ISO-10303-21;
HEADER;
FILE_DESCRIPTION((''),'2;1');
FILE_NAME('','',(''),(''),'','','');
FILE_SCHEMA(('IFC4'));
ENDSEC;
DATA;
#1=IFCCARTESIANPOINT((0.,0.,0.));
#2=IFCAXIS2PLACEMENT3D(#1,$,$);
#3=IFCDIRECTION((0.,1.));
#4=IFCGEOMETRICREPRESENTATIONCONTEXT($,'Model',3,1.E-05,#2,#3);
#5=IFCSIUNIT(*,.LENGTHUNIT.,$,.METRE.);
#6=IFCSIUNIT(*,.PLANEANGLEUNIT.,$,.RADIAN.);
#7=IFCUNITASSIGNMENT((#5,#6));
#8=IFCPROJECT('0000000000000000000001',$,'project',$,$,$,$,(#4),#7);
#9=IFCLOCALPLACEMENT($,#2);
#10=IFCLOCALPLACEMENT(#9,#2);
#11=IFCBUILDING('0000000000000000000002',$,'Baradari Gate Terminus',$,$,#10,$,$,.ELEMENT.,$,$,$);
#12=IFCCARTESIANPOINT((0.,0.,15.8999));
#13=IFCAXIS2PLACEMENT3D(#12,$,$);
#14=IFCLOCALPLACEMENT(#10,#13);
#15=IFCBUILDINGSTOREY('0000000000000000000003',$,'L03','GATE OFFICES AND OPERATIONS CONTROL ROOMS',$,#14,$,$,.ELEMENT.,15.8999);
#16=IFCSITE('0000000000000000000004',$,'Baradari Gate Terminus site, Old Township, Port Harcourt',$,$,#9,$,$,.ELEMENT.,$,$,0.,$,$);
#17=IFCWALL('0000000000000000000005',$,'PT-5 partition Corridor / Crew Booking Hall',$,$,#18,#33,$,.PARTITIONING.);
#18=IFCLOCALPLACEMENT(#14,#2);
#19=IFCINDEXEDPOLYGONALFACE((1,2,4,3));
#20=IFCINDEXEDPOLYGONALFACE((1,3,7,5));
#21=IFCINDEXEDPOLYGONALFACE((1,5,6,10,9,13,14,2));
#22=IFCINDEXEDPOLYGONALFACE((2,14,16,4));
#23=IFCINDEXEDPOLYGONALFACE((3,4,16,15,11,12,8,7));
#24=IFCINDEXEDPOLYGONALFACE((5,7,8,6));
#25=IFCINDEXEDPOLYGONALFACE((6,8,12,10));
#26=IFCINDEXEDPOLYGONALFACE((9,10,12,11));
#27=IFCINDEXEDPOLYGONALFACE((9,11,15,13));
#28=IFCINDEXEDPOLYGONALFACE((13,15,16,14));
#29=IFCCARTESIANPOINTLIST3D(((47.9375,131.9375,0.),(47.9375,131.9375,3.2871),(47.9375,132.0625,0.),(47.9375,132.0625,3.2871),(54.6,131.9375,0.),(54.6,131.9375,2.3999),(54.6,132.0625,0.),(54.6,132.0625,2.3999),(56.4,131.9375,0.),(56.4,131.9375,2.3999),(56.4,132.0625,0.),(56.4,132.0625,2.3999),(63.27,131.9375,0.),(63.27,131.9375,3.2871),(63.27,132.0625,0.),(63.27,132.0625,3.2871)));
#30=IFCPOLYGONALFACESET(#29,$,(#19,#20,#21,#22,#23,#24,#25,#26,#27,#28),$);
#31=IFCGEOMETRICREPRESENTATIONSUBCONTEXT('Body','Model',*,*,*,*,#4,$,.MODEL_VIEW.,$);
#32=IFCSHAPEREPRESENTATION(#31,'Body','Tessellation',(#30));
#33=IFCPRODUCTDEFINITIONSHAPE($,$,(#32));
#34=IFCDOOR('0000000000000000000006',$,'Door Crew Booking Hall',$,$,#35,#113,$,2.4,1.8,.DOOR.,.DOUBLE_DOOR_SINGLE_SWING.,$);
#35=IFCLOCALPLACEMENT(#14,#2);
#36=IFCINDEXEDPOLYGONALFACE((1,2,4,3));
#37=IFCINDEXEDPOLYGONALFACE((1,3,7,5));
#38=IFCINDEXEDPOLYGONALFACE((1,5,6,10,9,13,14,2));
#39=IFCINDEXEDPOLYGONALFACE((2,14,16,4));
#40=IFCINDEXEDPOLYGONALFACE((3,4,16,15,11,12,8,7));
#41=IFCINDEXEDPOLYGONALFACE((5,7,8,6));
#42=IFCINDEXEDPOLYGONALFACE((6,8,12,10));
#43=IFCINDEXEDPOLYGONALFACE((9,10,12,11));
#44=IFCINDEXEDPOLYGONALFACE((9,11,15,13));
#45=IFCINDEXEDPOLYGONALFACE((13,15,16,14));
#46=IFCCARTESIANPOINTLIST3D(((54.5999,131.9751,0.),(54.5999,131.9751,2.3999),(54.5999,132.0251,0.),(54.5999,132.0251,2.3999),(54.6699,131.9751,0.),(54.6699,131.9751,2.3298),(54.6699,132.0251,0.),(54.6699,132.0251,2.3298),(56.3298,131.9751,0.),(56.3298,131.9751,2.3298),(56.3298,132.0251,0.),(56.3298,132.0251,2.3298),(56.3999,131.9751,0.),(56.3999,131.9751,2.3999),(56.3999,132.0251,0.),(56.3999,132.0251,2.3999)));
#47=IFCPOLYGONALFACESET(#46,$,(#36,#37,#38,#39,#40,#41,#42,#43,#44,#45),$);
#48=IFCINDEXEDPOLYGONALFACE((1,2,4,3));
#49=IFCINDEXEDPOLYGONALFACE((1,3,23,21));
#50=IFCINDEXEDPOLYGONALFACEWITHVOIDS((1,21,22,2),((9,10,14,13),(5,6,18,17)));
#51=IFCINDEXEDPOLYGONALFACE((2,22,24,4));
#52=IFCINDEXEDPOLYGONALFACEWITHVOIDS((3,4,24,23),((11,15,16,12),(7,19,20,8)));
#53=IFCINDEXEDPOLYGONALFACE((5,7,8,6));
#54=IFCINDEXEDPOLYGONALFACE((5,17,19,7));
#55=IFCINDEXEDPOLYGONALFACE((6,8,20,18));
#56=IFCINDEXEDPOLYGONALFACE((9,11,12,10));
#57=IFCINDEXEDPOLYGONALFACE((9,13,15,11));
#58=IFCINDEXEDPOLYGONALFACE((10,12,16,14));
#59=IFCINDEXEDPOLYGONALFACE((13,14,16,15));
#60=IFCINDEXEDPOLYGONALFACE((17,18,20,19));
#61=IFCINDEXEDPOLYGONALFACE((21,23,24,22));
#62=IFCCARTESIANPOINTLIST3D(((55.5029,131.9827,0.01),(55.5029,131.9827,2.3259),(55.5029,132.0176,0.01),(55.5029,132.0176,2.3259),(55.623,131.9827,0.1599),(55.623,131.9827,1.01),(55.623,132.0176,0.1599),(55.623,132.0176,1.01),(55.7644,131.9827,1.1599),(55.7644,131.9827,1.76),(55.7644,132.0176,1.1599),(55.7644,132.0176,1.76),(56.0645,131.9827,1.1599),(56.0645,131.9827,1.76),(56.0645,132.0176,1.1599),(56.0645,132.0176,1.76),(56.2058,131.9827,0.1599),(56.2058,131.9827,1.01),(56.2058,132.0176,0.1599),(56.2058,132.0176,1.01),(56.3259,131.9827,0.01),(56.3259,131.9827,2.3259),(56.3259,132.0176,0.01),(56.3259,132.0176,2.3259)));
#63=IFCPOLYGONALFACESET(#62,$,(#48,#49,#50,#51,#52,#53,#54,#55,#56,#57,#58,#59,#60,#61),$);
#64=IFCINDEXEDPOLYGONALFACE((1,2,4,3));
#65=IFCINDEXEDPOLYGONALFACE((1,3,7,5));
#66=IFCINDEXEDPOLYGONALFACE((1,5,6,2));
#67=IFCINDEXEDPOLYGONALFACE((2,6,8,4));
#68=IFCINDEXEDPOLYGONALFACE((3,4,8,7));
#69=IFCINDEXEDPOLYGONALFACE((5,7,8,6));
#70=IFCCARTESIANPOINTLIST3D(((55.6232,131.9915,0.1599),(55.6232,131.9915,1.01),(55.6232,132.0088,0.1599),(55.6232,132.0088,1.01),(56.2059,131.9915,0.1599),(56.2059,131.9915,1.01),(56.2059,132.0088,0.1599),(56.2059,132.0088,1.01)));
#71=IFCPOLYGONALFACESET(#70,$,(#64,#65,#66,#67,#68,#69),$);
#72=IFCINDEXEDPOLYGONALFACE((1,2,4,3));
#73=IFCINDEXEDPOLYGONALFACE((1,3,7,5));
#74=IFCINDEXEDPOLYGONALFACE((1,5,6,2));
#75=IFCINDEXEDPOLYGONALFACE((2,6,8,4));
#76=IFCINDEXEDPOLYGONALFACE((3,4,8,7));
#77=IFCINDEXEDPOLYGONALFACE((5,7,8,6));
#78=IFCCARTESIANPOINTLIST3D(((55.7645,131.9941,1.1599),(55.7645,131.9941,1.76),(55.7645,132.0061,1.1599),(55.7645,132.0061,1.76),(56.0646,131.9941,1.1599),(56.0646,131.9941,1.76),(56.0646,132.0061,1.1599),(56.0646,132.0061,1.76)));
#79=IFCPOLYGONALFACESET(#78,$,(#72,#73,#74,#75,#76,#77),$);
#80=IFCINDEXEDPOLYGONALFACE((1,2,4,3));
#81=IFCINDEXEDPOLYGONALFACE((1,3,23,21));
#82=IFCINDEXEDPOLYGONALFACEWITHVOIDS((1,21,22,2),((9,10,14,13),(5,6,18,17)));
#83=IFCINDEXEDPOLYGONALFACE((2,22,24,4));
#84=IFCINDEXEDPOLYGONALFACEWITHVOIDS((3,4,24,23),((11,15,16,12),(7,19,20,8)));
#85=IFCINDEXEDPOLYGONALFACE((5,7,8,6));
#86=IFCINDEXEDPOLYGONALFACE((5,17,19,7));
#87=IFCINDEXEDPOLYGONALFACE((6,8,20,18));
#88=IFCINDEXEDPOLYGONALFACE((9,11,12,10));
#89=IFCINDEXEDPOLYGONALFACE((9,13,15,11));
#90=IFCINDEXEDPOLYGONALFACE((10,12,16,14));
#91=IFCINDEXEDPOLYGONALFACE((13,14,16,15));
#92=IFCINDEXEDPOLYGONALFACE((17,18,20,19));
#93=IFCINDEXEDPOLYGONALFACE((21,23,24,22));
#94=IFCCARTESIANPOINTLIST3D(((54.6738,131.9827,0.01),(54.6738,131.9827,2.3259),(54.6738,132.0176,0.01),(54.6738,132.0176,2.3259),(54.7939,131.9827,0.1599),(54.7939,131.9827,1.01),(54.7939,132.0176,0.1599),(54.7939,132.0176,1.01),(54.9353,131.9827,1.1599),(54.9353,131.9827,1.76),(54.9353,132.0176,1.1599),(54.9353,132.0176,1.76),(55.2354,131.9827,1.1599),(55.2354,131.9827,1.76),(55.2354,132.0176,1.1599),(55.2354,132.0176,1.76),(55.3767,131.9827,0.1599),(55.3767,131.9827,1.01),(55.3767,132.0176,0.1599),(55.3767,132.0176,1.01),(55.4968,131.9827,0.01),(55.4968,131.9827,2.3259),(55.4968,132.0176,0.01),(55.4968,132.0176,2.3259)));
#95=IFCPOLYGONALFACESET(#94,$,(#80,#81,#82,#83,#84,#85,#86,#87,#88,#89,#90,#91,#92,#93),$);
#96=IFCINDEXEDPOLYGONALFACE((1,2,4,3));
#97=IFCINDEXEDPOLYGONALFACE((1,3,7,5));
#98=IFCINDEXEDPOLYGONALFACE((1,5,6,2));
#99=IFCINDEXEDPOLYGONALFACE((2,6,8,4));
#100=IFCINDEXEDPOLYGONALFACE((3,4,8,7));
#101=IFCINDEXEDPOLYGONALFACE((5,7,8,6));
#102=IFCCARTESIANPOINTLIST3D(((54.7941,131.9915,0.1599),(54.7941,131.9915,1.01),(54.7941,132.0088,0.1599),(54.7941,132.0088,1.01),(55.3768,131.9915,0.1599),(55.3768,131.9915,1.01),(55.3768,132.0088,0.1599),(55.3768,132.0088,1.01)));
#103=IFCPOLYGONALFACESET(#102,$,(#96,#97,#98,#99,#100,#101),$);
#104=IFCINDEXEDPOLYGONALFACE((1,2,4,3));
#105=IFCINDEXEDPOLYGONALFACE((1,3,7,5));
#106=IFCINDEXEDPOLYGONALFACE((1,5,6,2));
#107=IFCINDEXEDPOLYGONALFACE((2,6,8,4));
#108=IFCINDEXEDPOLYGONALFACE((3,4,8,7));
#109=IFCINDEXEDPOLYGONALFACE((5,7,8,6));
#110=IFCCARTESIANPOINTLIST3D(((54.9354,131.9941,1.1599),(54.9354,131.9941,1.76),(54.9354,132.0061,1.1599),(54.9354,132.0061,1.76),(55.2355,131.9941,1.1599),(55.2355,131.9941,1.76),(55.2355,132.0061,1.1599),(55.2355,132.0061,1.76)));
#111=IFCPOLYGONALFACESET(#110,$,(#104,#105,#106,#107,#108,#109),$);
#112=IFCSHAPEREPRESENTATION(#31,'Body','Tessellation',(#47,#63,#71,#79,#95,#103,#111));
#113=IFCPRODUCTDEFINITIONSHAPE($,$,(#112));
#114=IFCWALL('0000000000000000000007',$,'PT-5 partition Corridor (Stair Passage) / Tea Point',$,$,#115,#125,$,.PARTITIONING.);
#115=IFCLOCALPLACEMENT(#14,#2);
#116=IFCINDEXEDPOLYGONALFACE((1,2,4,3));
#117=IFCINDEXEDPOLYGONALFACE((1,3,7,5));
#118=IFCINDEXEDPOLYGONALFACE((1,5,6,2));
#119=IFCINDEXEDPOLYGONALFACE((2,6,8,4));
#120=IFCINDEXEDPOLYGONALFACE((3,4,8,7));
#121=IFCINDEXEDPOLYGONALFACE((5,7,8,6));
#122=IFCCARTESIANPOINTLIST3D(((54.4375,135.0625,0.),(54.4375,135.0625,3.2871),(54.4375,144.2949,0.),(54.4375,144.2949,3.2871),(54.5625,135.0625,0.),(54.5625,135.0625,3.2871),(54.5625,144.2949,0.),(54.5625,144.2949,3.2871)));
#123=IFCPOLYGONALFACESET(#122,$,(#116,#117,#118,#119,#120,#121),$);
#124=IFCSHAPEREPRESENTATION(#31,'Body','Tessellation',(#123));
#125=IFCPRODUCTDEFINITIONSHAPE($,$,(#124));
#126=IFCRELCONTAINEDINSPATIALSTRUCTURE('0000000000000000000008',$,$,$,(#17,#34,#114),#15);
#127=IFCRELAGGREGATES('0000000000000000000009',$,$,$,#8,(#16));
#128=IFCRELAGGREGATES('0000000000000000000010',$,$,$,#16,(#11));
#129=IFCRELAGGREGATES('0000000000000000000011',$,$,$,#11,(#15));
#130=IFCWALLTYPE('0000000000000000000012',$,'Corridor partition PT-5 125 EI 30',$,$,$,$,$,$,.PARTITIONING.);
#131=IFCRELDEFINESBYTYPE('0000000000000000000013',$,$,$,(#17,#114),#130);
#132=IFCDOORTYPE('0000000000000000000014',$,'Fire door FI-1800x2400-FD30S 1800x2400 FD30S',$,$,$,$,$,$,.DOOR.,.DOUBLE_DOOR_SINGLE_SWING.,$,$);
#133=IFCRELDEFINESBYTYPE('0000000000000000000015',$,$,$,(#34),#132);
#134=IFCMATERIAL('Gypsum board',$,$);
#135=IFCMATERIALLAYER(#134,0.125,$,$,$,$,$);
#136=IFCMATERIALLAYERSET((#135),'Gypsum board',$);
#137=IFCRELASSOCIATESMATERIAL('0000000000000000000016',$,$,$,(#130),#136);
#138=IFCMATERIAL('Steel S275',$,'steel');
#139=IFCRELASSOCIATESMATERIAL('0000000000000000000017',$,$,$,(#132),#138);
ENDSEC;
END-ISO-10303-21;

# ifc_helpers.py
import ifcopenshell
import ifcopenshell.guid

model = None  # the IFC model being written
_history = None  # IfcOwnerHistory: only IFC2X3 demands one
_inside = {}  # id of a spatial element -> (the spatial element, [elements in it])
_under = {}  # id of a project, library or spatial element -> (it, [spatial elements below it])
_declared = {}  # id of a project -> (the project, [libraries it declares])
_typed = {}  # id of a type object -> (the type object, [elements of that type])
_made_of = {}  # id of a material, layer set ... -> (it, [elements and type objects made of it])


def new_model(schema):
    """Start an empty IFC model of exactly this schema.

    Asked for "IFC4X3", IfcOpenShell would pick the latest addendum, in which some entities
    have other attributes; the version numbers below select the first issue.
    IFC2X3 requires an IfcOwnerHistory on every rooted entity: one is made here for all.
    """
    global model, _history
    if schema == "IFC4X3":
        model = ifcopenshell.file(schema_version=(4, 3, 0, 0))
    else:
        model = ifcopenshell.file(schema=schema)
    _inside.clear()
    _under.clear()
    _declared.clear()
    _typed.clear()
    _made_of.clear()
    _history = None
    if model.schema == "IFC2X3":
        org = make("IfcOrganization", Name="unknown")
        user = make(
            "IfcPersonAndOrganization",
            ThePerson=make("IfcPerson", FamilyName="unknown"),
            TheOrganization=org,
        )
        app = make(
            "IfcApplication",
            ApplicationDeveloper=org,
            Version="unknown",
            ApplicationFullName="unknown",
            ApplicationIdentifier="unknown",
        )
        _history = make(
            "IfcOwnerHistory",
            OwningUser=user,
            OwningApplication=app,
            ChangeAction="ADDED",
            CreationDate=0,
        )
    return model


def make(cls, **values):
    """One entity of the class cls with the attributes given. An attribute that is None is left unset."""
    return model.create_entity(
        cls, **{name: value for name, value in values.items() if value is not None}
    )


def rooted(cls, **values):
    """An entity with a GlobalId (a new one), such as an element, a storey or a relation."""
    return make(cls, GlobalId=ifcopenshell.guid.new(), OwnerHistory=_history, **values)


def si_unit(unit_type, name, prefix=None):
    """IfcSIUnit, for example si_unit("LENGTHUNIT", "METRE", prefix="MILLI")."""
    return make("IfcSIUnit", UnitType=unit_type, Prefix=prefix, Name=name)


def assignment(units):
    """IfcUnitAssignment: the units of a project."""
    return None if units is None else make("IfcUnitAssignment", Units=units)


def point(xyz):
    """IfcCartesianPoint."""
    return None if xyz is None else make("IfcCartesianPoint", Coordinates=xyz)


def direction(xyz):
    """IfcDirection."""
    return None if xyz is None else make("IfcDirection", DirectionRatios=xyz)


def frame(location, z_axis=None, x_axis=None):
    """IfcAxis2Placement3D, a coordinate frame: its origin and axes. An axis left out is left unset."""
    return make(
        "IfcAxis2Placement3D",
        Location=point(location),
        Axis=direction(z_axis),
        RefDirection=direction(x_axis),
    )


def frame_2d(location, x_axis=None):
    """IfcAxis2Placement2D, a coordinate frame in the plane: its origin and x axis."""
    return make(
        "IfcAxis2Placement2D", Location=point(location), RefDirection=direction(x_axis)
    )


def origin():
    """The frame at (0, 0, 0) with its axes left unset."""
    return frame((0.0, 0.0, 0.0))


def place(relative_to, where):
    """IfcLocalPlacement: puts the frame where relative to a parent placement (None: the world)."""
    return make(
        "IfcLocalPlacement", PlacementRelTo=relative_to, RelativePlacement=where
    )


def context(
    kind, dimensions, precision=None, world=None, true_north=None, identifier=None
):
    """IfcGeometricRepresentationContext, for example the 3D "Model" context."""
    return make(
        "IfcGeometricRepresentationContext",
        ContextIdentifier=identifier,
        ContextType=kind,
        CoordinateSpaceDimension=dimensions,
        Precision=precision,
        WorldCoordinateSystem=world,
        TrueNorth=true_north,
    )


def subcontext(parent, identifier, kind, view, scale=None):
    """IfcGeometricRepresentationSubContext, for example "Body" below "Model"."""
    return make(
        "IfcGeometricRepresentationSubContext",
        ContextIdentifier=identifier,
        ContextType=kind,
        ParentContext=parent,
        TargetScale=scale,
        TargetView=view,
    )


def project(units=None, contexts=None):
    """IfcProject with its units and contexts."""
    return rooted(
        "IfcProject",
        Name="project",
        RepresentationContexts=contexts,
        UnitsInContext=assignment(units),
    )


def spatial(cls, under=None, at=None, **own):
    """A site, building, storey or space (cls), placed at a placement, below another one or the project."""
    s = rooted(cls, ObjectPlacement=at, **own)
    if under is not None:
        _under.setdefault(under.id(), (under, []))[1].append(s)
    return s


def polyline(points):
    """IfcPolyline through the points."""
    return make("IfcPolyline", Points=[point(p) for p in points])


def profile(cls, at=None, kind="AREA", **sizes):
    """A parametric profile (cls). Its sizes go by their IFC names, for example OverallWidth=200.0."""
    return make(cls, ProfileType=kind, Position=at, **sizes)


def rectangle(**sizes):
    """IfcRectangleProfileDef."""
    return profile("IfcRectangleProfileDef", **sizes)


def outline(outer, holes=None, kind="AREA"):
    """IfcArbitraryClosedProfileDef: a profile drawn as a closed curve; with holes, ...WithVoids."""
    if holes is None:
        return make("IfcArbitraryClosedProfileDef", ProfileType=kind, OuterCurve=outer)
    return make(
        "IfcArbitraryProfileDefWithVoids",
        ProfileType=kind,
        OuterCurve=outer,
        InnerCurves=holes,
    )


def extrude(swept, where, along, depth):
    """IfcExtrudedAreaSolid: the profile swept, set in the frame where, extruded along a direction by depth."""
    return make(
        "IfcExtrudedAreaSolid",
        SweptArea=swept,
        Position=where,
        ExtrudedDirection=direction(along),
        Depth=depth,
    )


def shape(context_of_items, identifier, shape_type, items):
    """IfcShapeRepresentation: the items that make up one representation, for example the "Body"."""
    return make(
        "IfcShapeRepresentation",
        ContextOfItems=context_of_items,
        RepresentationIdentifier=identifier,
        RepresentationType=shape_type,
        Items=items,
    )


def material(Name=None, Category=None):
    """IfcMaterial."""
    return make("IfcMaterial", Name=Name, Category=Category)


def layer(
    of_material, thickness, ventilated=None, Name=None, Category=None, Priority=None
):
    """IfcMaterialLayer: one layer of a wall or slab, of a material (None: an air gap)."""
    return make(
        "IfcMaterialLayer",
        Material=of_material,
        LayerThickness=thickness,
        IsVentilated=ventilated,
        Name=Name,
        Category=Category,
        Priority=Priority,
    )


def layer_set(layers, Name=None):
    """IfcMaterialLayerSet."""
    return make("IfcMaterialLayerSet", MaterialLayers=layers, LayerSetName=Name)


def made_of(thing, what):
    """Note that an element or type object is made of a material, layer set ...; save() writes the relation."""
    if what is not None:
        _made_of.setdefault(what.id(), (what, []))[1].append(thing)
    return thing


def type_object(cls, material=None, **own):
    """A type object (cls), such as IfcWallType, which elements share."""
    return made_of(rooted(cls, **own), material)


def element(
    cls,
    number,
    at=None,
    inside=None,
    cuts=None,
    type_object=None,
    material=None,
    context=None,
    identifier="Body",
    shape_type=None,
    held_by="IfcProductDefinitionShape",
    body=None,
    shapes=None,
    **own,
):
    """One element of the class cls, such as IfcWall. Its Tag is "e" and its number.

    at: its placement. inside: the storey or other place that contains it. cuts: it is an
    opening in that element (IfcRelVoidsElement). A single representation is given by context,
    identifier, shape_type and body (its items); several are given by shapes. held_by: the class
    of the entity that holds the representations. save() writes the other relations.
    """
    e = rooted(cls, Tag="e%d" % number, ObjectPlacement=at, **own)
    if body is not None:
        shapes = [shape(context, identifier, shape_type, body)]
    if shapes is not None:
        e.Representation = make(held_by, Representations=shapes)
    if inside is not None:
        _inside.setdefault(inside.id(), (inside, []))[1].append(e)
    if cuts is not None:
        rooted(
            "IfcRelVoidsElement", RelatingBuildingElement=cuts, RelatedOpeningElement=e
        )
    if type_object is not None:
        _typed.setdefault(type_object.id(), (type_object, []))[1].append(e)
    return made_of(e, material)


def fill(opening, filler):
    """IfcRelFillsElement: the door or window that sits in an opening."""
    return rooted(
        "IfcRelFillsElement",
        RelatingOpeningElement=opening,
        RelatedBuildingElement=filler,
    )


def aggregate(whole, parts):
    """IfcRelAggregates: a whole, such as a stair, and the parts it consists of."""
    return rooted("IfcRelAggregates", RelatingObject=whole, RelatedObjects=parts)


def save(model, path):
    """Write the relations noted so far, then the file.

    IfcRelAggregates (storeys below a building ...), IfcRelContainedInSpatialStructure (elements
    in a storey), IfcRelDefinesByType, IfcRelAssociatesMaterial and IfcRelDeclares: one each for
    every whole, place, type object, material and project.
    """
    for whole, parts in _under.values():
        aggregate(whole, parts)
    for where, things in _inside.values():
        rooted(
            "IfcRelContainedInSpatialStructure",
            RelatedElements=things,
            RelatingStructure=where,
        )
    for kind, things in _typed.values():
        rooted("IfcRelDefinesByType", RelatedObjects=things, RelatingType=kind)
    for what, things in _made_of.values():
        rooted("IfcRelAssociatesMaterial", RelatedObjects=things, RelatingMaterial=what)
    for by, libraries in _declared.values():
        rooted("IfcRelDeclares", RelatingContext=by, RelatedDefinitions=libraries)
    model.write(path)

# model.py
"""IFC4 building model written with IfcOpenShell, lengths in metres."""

from ifc_helpers import new_model, si_unit, direction, frame, frame_2d, origin, place, context, subcontext, project, spatial, polyline, rectangle, outline, extrude, material, layer, layer_set, type_object, element, fill, save


model = new_model("IFC4")

# Units and contexts
model_context = context("Model", 3, precision=1e-05, world=origin(), true_north=direction((0.0, 1.0)))
body_context = subcontext(model_context, "Body", "Model", "MODEL_VIEW")
ifc_project = project(units=[si_unit("LENGTHUNIT", "METRE"), si_unit("PLANEANGLEUNIT", "RADIAN")], contexts=[model_context])

# Site, building, storey
site_placement = place(None, origin())
site = spatial("IfcSite", under=ifc_project, at=site_placement, Name="Baradari Gate Terminus site, Old Township, Port Harcourt", CompositionType="ELEMENT", RefElevation=0.0)
building_placement = place(site_placement, origin())
building = spatial("IfcBuilding", under=site, at=building_placement, Name="Baradari Gate Terminus", CompositionType="ELEMENT")
storey_placement = place(building_placement, frame((0.0, 0.0, 15.8999)))
storey = spatial("IfcBuildingStorey", under=building, at=storey_placement, Name="L03", Description="GATE OFFICES AND OPERATIONS CONTROL ROOMS", CompositionType="ELEMENT", Elevation=15.8999)

# Wall, opening, door
ifc_material_1 = material(Name="Gypsum board")
ifc_layer_1 = layer(ifc_material_1, 0.125)
ifc_layer_set_1 = layer_set([ifc_layer_1], Name="Gypsum board")
wall_type_1 = type_object("IfcWallType", Name="Corridor partition PT-5 125 EI 30", PredefinedType="PARTITIONING", material=ifc_layer_set_1)
wall_1_placement = place(storey_placement, frame((63.27, 132.0, 0.0), z_axis=(0.0, 0.0, 1.0), x_axis=(-1.0, 0.0, 0.0)))
wall_1 = element("IfcWall", 1, at=wall_1_placement, inside=storey, type_object=wall_type_1, Name="PT-5 partition Corridor / Crew Booking Hall", PredefinedType="PARTITIONING", context=body_context, shape_type="SweptSolid", body=[
    extrude(rectangle(XDim=15.3325, YDim=0.125, at=frame_2d((7.6663, 0.0))), origin(), (0.0, 0.0, 1.0), 3.2871),
])
opening_1_placement = place(wall_1_placement, frame((6.8701, 0.0, 0.0)))
opening_1 = element("IfcOpeningElement", 2, at=opening_1_placement, cuts=wall_1, PredefinedType="OPENING", context=body_context, shape_type="SweptSolid", body=[
    extrude(rectangle(XDim=1.8, YDim=2.3999, at=frame_2d((0.8999, 1.2))), frame((0.0, 0.0725, 0.0), z_axis=(0.0, -1.0, 0.0), x_axis=(1.0, 0.0, 0.0)), (0.0, 0.0, 1.0), 0.145),
])
ifc_material_2 = material(Name="Steel S275", Category="steel")
door_type_1 = type_object("IfcDoorType", Name="Fire door FI-1800x2400-FD30S 1800x2400 FD30S", OperationType="DOUBLE_DOOR_SINGLE_SWING", PredefinedType="DOOR", material=ifc_material_2)
door_1_placement = place(opening_1_placement, origin())
door_1 = element("IfcDoor", 3, at=door_1_placement, inside=storey, type_object=door_type_1, Name="Door Crew Booking Hall", OperationType="DOUBLE_DOOR_SINGLE_SWING", OverallHeight=2.4, OverallWidth=1.8, PredefinedType="DOOR", context=body_context, shape_type="SweptSolid", body=[
    extrude(outline(polyline([(0.0, 0.0), (0.0701, 0.0), (0.0701, 2.3298), (1.73, 2.3298), (1.73, 0.0), (1.8, 0.0), (1.8, 2.3999), (0.0, 2.3999), (0.0, 0.0)])), frame((0.0, 0.0249, 0.0), z_axis=(0.0, -1.0, 0.0), x_axis=(1.0, 0.0, 0.0)), (0.0, 0.0, 1.0), 0.05),
    extrude(outline(polyline([(0.074, 0.01), (0.897, 0.01), (0.897, 2.3259), (0.074, 2.3259), (0.074, 0.01)]), holes=[polyline([(0.1941, 0.1599), (0.7769, 0.1599), (0.7769, 1.01), (0.1941, 1.01), (0.1941, 0.1599)]), polyline([(0.3354, 1.1599), (0.6355, 1.1599), (0.6355, 1.76), (0.3354, 1.76), (0.3354, 1.1599)])]), frame((0.0, 0.0173, 0.0), z_axis=(0.0, -1.0, 0.0), x_axis=(1.0, 0.0, 0.0)), (0.0, 0.0, 1.0), 0.0349),
    extrude(rectangle(XDim=0.5828, YDim=0.8501, at=frame_2d((0.4854, 0.585))), frame((0.0, 0.0085, 0.0), z_axis=(0.0, -1.0, 0.0), x_axis=(1.0, 0.0, 0.0)), (0.0, 0.0, 1.0), 0.0173),
    extrude(rectangle(XDim=0.3, YDim=0.6001, at=frame_2d((0.4854, 1.46))), frame((0.0, 0.0059, 0.0), z_axis=(0.0, -1.0, 0.0), x_axis=(1.0, 0.0, 0.0)), (0.0, 0.0, 1.0), 0.012),
    extrude(outline(polyline([(0.9031, 0.01), (1.7261, 0.01), (1.7261, 2.3259), (0.9031, 2.3259), (0.9031, 0.01)]), holes=[polyline([(1.0232, 0.1599), (1.606, 0.1599), (1.606, 1.01), (1.0232, 1.01), (1.0232, 0.1599)]), polyline([(1.1646, 1.1599), (1.4646, 1.1599), (1.4646, 1.76), (1.1646, 1.76), (1.1646, 1.1599)])]), frame((0.0, 0.0173, 0.0), z_axis=(0.0, -1.0, 0.0), x_axis=(1.0, 0.0, 0.0)), (0.0, 0.0, 1.0), 0.0349),
    extrude(rectangle(XDim=0.5828, YDim=0.8501, at=frame_2d((1.3145, 0.585))), frame((0.0, 0.0085, 0.0), z_axis=(0.0, -1.0, 0.0), x_axis=(1.0, 0.0, 0.0)), (0.0, 0.0, 1.0), 0.0173),
    extrude(rectangle(XDim=0.3, YDim=0.6001, at=frame_2d((1.3145, 1.46))), frame((0.0, 0.0059, 0.0), z_axis=(0.0, -1.0, 0.0), x_axis=(1.0, 0.0, 0.0)), (0.0, 0.0, 1.0), 0.012),
])
fill(opening_1, door_1)

# Wall
wall_2_placement = place(storey_placement, frame((54.5, 135.0625, 0.0), z_axis=(0.0, 0.0, 1.0), x_axis=(0.0, 1.0, 0.0)))
element("IfcWall", 4, at=wall_2_placement, inside=storey, type_object=wall_type_1, Name="PT-5 partition Corridor (Stair Passage) / Tea Point", PredefinedType="PARTITIONING", context=body_context, shape_type="SweptSolid", body=[
    extrude(rectangle(XDim=9.2324, YDim=0.125, at=frame_2d((4.6162, 0.0))), origin(), (0.0, 0.0, 1.0), 3.2871),
])

save(model, "model.ifc")
